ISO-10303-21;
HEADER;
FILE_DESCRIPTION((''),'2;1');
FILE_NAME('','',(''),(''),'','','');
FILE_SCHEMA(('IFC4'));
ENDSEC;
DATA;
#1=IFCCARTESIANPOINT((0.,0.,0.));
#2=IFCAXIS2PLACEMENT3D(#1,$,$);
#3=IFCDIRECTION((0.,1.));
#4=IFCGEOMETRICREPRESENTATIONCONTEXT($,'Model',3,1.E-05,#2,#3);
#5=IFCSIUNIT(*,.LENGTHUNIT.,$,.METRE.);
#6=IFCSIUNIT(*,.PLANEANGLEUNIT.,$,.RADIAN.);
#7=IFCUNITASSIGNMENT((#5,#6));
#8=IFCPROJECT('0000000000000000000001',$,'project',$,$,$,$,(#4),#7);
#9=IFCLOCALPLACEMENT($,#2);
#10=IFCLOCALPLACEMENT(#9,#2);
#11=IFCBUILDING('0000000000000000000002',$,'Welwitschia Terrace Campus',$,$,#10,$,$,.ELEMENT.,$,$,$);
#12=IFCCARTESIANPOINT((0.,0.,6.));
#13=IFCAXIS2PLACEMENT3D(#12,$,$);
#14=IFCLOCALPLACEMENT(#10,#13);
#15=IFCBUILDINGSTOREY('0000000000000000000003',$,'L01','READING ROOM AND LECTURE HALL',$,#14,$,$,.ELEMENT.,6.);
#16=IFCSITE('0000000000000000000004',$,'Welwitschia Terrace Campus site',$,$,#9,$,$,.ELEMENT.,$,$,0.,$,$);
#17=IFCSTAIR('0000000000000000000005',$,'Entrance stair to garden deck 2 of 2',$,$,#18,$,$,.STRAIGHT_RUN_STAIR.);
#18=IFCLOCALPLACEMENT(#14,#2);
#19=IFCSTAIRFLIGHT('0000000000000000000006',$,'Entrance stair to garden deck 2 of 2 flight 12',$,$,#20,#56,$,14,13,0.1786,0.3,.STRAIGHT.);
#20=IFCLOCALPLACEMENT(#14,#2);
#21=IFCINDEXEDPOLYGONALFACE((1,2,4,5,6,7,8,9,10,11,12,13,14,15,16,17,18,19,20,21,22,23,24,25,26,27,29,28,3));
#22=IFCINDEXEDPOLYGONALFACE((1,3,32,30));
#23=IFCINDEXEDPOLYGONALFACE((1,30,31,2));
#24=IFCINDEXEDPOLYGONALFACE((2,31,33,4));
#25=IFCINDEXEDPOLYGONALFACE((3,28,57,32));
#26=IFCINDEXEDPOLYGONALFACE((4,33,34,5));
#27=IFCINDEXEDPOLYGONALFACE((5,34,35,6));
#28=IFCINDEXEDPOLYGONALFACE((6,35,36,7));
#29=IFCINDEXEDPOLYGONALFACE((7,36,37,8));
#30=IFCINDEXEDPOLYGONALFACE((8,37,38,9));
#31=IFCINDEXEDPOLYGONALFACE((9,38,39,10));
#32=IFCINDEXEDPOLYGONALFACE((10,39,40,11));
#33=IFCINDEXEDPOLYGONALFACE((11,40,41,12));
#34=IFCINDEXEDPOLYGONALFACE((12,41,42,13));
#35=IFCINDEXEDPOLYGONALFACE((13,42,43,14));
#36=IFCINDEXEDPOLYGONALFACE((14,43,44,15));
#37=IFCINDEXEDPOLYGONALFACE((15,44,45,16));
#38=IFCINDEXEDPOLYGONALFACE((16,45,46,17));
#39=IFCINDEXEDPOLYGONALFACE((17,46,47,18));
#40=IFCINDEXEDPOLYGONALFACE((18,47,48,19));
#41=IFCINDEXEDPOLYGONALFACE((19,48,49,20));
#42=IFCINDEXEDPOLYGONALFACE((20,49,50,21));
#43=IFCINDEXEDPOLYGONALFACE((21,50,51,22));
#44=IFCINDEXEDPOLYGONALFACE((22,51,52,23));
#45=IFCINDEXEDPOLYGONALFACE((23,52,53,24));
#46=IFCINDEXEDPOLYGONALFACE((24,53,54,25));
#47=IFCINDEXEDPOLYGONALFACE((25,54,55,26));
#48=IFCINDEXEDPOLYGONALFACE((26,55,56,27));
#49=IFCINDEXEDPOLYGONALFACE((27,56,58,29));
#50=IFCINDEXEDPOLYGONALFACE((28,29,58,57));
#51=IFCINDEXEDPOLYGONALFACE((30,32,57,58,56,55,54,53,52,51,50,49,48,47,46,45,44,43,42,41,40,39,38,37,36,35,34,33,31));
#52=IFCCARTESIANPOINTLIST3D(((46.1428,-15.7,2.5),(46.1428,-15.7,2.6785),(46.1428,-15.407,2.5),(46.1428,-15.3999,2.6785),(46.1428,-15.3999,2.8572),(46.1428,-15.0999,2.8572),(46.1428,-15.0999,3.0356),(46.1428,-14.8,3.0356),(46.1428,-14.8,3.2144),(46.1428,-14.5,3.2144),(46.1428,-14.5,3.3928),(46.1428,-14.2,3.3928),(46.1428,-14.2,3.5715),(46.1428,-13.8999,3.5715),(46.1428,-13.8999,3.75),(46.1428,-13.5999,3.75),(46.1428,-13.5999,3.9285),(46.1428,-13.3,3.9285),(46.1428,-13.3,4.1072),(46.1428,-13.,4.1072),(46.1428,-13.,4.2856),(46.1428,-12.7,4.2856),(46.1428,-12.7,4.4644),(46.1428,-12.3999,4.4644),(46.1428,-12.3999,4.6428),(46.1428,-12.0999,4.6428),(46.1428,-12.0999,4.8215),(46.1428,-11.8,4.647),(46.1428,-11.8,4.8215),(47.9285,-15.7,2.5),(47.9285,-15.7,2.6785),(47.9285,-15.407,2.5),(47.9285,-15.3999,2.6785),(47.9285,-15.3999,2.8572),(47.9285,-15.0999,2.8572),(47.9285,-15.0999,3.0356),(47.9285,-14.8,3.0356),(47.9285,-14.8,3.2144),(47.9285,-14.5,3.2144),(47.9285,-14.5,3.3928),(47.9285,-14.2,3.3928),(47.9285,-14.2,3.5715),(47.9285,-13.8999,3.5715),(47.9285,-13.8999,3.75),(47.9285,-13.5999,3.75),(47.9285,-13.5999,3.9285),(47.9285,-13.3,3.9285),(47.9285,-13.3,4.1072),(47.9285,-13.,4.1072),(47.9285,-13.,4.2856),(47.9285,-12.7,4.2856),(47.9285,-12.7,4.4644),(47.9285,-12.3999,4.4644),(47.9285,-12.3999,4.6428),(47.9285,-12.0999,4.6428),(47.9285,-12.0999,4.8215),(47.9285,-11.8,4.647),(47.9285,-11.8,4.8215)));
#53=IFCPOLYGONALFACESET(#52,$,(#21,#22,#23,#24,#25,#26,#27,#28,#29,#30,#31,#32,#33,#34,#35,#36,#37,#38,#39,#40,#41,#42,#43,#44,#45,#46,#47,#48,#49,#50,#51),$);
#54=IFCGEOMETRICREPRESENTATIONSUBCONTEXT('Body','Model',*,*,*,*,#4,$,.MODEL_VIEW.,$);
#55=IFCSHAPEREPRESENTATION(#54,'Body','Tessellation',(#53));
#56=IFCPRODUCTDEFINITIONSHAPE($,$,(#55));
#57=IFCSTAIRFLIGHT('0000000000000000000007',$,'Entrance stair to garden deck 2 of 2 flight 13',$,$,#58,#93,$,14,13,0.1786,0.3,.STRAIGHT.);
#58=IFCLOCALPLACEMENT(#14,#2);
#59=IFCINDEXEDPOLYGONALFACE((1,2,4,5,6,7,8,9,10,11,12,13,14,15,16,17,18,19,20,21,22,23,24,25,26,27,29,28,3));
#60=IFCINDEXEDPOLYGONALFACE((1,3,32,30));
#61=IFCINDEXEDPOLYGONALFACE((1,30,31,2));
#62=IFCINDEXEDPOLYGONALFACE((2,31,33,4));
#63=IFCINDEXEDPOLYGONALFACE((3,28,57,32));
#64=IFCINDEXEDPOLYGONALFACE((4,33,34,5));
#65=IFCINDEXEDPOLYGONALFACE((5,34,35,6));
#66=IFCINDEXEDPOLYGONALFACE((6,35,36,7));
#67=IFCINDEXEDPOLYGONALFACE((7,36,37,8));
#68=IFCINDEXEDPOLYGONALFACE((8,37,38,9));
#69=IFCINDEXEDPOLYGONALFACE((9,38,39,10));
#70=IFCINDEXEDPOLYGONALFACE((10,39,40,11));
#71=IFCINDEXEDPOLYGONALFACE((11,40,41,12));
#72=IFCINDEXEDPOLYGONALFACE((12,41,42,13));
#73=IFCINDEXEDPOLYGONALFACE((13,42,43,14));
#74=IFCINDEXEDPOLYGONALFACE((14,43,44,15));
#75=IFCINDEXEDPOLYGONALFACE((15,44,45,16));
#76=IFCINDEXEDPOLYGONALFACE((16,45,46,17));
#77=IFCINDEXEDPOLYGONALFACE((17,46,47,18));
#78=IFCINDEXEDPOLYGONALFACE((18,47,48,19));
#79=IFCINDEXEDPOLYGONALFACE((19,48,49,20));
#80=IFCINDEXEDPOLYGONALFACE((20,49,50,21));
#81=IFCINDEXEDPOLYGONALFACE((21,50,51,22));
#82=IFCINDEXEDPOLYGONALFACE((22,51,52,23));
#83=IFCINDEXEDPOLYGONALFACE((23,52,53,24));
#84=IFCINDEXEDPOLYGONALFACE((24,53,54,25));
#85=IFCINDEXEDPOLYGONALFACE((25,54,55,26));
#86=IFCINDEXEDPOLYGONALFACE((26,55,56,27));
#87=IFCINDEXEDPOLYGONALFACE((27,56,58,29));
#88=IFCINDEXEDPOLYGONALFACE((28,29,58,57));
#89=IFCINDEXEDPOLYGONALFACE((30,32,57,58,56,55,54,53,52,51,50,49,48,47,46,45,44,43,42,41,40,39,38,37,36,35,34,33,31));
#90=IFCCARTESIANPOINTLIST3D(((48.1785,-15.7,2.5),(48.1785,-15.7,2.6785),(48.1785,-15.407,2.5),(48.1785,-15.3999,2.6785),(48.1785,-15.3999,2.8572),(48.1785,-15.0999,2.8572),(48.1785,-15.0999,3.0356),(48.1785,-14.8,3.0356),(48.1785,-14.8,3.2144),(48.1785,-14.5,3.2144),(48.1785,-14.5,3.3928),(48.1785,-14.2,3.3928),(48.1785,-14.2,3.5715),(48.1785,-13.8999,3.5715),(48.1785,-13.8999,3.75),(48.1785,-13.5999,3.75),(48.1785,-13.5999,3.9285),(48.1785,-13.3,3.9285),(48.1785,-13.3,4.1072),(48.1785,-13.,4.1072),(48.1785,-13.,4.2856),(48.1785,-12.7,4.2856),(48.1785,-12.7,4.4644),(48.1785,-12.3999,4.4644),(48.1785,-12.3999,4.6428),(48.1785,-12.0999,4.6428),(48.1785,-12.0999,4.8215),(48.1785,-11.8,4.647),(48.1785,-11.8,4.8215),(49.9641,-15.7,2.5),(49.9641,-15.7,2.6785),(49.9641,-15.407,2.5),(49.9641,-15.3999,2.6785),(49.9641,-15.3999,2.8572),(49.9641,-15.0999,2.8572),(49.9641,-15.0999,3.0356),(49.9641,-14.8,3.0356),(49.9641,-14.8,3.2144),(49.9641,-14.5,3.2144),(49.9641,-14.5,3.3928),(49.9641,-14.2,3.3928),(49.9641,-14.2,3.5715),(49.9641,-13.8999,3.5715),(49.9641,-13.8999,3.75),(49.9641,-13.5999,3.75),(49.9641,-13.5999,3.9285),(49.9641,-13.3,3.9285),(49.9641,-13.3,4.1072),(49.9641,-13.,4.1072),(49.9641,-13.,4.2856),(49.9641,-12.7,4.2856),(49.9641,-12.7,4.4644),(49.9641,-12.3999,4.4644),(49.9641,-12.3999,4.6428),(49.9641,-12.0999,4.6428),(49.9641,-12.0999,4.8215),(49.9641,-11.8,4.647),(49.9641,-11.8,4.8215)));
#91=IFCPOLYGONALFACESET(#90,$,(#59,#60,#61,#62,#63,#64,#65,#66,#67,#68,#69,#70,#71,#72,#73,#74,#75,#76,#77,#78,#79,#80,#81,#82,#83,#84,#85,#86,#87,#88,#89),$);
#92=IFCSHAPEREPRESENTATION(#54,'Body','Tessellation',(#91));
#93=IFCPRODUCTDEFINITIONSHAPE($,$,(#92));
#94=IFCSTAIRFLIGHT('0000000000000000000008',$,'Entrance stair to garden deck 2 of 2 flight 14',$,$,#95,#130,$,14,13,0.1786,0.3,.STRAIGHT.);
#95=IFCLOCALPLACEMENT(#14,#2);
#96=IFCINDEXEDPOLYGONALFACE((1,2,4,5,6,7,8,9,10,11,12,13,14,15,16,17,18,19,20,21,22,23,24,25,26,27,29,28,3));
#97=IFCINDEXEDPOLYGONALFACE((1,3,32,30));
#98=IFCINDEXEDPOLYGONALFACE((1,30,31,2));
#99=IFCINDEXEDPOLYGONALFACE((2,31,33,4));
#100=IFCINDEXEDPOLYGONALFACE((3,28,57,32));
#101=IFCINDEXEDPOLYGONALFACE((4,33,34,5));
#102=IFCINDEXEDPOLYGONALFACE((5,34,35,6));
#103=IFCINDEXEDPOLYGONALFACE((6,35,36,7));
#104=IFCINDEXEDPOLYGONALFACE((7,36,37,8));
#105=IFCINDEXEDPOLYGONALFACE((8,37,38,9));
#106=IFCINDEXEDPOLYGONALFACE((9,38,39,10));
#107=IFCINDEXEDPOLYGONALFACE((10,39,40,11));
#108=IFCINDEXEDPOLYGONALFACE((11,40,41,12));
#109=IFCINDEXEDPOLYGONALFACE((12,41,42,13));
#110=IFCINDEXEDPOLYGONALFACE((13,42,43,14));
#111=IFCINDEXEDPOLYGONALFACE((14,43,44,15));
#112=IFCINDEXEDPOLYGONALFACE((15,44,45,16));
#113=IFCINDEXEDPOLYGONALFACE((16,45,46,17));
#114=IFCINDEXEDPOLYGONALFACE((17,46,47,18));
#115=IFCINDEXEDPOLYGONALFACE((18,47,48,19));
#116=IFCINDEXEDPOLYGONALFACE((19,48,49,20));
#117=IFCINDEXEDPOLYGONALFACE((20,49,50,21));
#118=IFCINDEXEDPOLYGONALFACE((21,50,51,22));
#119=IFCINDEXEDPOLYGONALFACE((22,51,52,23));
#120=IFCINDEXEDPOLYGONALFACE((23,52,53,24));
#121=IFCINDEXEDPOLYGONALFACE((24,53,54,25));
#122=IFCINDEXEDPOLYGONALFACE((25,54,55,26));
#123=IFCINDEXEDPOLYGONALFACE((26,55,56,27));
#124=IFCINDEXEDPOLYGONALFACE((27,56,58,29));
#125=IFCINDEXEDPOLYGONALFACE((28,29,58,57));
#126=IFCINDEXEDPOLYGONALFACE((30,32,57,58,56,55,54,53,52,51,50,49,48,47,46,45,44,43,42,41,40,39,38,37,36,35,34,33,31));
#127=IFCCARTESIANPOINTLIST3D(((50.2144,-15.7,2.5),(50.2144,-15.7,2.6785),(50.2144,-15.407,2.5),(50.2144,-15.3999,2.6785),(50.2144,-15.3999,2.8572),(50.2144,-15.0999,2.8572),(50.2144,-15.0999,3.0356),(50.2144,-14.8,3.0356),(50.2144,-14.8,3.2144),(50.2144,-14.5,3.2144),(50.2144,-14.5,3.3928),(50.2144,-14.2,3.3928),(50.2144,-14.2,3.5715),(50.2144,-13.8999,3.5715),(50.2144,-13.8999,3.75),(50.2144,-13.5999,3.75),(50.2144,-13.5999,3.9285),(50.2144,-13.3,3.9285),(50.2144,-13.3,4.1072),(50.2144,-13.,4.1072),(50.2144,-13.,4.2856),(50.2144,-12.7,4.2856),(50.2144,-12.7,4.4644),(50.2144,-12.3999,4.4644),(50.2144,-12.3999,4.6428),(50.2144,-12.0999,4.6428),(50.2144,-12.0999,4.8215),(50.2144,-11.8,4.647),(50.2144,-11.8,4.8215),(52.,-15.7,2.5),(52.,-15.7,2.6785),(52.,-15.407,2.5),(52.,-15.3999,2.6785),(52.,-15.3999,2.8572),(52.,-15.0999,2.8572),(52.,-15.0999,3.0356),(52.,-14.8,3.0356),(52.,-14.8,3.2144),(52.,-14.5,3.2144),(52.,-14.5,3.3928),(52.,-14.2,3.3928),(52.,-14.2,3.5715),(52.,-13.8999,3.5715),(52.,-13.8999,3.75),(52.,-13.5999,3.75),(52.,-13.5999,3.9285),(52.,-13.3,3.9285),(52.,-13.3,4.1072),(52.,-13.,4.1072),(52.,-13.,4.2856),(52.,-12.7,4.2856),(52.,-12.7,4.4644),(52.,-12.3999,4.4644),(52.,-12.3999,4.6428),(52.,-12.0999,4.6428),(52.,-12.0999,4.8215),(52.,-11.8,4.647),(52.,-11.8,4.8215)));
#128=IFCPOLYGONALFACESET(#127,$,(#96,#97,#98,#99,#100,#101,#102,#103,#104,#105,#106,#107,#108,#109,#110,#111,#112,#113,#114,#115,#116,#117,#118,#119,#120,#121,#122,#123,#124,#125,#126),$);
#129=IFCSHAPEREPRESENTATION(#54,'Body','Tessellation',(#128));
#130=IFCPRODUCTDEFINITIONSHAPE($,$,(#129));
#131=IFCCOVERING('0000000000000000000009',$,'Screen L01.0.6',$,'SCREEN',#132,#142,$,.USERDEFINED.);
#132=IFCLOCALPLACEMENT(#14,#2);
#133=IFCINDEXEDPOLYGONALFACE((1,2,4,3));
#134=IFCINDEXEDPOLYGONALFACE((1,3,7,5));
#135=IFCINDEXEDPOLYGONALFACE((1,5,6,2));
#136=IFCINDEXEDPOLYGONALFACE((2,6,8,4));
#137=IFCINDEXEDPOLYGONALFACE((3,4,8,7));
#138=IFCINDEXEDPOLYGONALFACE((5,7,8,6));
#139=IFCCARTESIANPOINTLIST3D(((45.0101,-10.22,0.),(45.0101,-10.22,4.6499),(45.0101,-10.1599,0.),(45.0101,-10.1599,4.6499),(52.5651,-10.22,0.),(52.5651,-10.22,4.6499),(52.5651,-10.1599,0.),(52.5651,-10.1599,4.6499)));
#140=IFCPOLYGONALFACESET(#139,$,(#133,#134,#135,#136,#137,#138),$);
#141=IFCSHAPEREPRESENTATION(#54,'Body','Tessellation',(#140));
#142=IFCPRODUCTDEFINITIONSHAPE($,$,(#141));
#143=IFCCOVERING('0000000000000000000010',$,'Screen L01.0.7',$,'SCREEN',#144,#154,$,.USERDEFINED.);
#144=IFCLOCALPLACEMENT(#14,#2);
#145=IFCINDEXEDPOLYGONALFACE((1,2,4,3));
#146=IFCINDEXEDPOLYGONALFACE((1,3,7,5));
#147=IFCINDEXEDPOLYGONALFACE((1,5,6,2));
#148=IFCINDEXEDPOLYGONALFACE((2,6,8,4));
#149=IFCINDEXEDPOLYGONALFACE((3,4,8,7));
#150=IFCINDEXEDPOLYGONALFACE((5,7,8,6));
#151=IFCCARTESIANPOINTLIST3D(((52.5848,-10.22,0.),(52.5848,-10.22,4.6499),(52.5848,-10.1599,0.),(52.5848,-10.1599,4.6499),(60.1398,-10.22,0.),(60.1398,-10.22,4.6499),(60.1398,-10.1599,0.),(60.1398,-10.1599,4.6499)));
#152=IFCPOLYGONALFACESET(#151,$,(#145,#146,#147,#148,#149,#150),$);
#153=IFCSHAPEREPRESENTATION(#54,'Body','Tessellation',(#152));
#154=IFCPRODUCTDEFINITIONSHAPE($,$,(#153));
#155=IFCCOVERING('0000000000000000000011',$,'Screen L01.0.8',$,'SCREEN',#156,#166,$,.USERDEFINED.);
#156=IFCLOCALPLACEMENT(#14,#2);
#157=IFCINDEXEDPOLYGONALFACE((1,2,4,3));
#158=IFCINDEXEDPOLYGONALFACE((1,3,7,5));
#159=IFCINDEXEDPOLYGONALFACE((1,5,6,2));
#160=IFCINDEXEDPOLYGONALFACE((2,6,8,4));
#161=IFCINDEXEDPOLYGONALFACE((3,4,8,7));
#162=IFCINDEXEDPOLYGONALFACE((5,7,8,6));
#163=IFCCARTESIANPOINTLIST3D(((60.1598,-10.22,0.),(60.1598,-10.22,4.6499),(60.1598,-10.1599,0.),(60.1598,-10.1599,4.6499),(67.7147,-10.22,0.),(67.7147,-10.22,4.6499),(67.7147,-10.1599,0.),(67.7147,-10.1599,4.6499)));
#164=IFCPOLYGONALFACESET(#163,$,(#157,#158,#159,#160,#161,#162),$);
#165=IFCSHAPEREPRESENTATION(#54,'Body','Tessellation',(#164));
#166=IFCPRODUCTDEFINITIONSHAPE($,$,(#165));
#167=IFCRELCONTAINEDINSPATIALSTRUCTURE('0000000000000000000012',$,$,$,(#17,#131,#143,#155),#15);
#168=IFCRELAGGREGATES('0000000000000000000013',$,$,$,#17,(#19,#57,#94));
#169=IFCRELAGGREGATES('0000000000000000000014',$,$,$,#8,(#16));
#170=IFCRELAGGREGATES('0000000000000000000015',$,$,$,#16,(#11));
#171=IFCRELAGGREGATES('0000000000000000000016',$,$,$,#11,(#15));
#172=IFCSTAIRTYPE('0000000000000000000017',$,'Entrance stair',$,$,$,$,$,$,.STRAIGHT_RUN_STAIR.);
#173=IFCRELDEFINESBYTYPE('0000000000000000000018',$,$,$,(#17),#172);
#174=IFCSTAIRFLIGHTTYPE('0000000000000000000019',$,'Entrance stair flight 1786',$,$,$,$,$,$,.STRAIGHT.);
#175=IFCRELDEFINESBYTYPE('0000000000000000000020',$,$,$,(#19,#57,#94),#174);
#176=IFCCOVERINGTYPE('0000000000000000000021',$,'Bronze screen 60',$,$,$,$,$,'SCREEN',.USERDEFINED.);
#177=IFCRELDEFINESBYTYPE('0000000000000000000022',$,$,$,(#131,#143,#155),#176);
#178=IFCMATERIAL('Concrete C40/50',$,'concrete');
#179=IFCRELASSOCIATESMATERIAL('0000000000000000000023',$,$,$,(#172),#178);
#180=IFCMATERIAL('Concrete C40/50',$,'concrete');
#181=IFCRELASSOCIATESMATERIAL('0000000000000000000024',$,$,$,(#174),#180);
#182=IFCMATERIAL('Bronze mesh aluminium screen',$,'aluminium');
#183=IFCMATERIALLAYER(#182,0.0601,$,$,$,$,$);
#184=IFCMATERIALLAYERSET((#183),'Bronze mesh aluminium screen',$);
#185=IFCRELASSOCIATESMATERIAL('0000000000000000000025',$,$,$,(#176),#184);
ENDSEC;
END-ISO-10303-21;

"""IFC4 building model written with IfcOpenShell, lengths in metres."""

from ifc_helpers import new_model, si_unit, direction, frame, origin, origin_2d, place, context, subcontext, project, spatial, polyline, rectangle, outline, extrude, material, layer, layer_set, type_object, element, aggregate, save


model = new_model("IFC4")

# Units and contexts
model_context = context("Model", 3, precision=1e-05, world=origin(), true_north=direction((0.0, 1.0)))
body_context = subcontext(model_context, "Body", "Model", "MODEL_VIEW")
ifc_project = project(units=[si_unit("LENGTHUNIT", "METRE"), si_unit("PLANEANGLEUNIT", "RADIAN")], contexts=[model_context])

# Site, building, storey
site_placement = place(None, origin())
site = spatial("IfcSite", under=ifc_project, at=site_placement, Name="Welwitschia Terrace Campus site", CompositionType="ELEMENT", RefElevation=0.0)
building_placement = place(site_placement, origin())
building = spatial("IfcBuilding", under=site, at=building_placement, Name="Welwitschia Terrace Campus", CompositionType="ELEMENT")
storey_placement = place(building_placement, frame((0.0, 0.0, 6.0)))
storey = spatial("IfcBuildingStorey", under=building, at=storey_placement, Name="L01", Description="READING ROOM AND LECTURE HALL", CompositionType="ELEMENT", Elevation=6.0)

# Stair, stair flights
ifc_material_1 = material(Name="Concrete C40/50", Category="concrete")
stair_type = type_object("IfcStairType", Name="Entrance stair", PredefinedType="STRAIGHT_RUN_STAIR", material=ifc_material_1)
stair_placement = place(storey_placement, origin())
stair = element("IfcStair", 1, at=stair_placement, inside=storey, type_object=stair_type, Name="Entrance stair to garden deck 2 of 2", PredefinedType="STRAIGHT_RUN_STAIR")
ifc_material_2 = material(Name="Concrete C40/50", Category="concrete")
stair_flight_type = type_object("IfcStairFlightType", Name="Entrance stair flight 1786", PredefinedType="STRAIGHT", material=ifc_material_2)
stair_flight_1_placement = place(storey_placement, frame((47.0356, -15.7, 2.5), z_axis=(0.0, 0.0, 1.0), x_axis=(0.0, 1.0, 0.0)))
stair_flight_1 = element("IfcStairFlight", 2, at=stair_flight_1_placement, type_object=stair_flight_type, Name="Entrance stair to garden deck 2 of 2 flight 12", NumberOfRisers=14, NumberOfTreads=13, PredefinedType="STRAIGHT", RiserHeight=0.1786, TreadLength=0.3, context=body_context, shape_type="SweptSolid", body=[
    extrude(outline(polyline([(0.0, 0.0), (0.0, 0.1785), (0.3, 0.1785), (0.3, 0.3572), (0.6001, 0.3572), (0.6001, 0.5356), (0.8999, 0.5356), (0.8999, 0.7144), (1.2, 0.7144), (1.2, 0.8928), (1.5, 0.8928), (1.5, 1.0715), (1.8, 1.0715), (1.8, 1.25), (2.1001, 1.25), (2.1001, 1.4285), (2.3999, 1.4285), (2.3999, 1.6072), (2.7, 1.6072), (2.7, 1.7856), (3.0, 1.7856), (3.0, 1.9644), (3.3, 1.9644), (3.3, 2.1428), (3.6001, 2.1428), (3.6001, 2.3215), (3.8999, 2.3215), (3.8999, 2.5), (3.8999, 2.147), (0.293, 0.0), (0.0, 0.0)])), frame((0.0, 0.8928, 0.0), z_axis=(0.0, -1.0, 0.0), x_axis=(1.0, 0.0, 0.0)), (0.0, 0.0, 1.0), 1.7856),
])
stair_flight_2_placement = place(storey_placement, frame((49.0713, -15.7, 2.5), z_axis=(0.0, 0.0, 1.0), x_axis=(0.0, 1.0, 0.0)))
stair_flight_2 = element("IfcStairFlight", 3, at=stair_flight_2_placement, type_object=stair_flight_type, Name="Entrance stair to garden deck 2 of 2 flight 13", NumberOfRisers=14, NumberOfTreads=13, PredefinedType="STRAIGHT", RiserHeight=0.1786, TreadLength=0.3, context=body_context, shape_type="SweptSolid", body=[
    extrude(outline(polyline([(0.0, 0.0), (0.0, 0.1785), (0.3, 0.1785), (0.3, 0.3572), (0.6001, 0.3572), (0.6001, 0.5356), (0.8999, 0.5356), (0.8999, 0.7144), (1.2, 0.7144), (1.2, 0.8928), (1.5, 0.8928), (1.5, 1.0715), (1.8, 1.0715), (1.8, 1.25), (2.1001, 1.25), (2.1001, 1.4285), (2.3999, 1.4285), (2.3999, 1.6072), (2.7, 1.6072), (2.7, 1.7856), (3.0, 1.7856), (3.0, 1.9644), (3.3, 1.9644), (3.3, 2.1428), (3.6001, 2.1428), (3.6001, 2.3215), (3.8999, 2.3215), (3.8999, 2.5), (3.8999, 2.147), (0.293, 0.0), (0.0, 0.0)])), frame((0.0, 0.8928, 0.0), z_axis=(0.0, -1.0, 0.0), x_axis=(1.0, 0.0, 0.0)), (0.0, 0.0, 1.0), 1.7856),
])
stair_flight_3_placement = place(storey_placement, frame((51.1072, -15.7, 2.5), z_axis=(0.0, 0.0, 1.0), x_axis=(0.0, 1.0, 0.0)))
stair_flight_3 = element("IfcStairFlight", 4, at=stair_flight_3_placement, type_object=stair_flight_type, Name="Entrance stair to garden deck 2 of 2 flight 14", NumberOfRisers=14, NumberOfTreads=13, PredefinedType="STRAIGHT", RiserHeight=0.1786, TreadLength=0.3, context=body_context, shape_type="SweptSolid", body=[
    extrude(outline(polyline([(0.0, 0.0), (0.0, 0.1785), (0.3, 0.1785), (0.3, 0.3572), (0.6001, 0.3572), (0.6001, 0.5356), (0.8999, 0.5356), (0.8999, 0.7144), (1.2, 0.7144), (1.2, 0.8928), (1.5, 0.8928), (1.5, 1.0715), (1.8, 1.0715), (1.8, 1.25), (2.1001, 1.25), (2.1001, 1.4285), (2.3999, 1.4285), (2.3999, 1.6072), (2.7, 1.6072), (2.7, 1.7856), (3.0, 1.7856), (3.0, 1.9644), (3.3, 1.9644), (3.3, 2.1428), (3.6001, 2.1428), (3.6001, 2.3215), (3.8999, 2.3215), (3.8999, 2.5), (3.8999, 2.147), (0.293, 0.0), (0.0, 0.0)])), frame((0.0, 0.8928, 0.0), z_axis=(0.0, -1.0, 0.0), x_axis=(1.0, 0.0, 0.0)), (0.0, 0.0, 1.0), 1.7856),
])
aggregate(stair, [stair_flight_1, stair_flight_2, stair_flight_3])

# Coverings
ifc_material_3 = material(Name="Bronze mesh aluminium screen", Category="aluminium")
ifc_layer_1 = layer(ifc_material_3, 0.0601)
ifc_layer_set_1 = layer_set([ifc_layer_1], Name="Bronze mesh aluminium screen")
covering_type = type_object("IfcCoveringType", Name="Bronze screen 60", ElementType="SCREEN", PredefinedType="USERDEFINED", material=ifc_layer_set_1)
for number, where, z_axis, x_axis, name in (
    (5, (48.7876, -10.1899, 0.0), (0.0, 0.0, 1.0), (1.0, 0.0, 0.0), "Screen L01.0.6"),
    (6, (56.3623, -10.1899, 0.0), (0.0, 0.0, 1.0), (1.0, 0.0, 0.0), "Screen L01.0.7"),
    (7, (63.9373, -10.1899, 0.0), (0.0, 0.0, 1.0), (1.0, 0.0, 0.0), "Screen L01.0.8"),
):
    element("IfcCovering", number, at=place(storey_placement, frame(where, z_axis=z_axis, x_axis=x_axis)), inside=storey, type_object=covering_type, Name=name, ObjectType="SCREEN", PredefinedType="USERDEFINED", context=body_context, shape_type="SweptSolid", body=[
        extrude(rectangle(XDim=7.5549, YDim=0.0601, at=origin_2d()), origin(), (0.0, 0.0, 1.0), 4.6499),
    ])

save(model, "model.ifc")
